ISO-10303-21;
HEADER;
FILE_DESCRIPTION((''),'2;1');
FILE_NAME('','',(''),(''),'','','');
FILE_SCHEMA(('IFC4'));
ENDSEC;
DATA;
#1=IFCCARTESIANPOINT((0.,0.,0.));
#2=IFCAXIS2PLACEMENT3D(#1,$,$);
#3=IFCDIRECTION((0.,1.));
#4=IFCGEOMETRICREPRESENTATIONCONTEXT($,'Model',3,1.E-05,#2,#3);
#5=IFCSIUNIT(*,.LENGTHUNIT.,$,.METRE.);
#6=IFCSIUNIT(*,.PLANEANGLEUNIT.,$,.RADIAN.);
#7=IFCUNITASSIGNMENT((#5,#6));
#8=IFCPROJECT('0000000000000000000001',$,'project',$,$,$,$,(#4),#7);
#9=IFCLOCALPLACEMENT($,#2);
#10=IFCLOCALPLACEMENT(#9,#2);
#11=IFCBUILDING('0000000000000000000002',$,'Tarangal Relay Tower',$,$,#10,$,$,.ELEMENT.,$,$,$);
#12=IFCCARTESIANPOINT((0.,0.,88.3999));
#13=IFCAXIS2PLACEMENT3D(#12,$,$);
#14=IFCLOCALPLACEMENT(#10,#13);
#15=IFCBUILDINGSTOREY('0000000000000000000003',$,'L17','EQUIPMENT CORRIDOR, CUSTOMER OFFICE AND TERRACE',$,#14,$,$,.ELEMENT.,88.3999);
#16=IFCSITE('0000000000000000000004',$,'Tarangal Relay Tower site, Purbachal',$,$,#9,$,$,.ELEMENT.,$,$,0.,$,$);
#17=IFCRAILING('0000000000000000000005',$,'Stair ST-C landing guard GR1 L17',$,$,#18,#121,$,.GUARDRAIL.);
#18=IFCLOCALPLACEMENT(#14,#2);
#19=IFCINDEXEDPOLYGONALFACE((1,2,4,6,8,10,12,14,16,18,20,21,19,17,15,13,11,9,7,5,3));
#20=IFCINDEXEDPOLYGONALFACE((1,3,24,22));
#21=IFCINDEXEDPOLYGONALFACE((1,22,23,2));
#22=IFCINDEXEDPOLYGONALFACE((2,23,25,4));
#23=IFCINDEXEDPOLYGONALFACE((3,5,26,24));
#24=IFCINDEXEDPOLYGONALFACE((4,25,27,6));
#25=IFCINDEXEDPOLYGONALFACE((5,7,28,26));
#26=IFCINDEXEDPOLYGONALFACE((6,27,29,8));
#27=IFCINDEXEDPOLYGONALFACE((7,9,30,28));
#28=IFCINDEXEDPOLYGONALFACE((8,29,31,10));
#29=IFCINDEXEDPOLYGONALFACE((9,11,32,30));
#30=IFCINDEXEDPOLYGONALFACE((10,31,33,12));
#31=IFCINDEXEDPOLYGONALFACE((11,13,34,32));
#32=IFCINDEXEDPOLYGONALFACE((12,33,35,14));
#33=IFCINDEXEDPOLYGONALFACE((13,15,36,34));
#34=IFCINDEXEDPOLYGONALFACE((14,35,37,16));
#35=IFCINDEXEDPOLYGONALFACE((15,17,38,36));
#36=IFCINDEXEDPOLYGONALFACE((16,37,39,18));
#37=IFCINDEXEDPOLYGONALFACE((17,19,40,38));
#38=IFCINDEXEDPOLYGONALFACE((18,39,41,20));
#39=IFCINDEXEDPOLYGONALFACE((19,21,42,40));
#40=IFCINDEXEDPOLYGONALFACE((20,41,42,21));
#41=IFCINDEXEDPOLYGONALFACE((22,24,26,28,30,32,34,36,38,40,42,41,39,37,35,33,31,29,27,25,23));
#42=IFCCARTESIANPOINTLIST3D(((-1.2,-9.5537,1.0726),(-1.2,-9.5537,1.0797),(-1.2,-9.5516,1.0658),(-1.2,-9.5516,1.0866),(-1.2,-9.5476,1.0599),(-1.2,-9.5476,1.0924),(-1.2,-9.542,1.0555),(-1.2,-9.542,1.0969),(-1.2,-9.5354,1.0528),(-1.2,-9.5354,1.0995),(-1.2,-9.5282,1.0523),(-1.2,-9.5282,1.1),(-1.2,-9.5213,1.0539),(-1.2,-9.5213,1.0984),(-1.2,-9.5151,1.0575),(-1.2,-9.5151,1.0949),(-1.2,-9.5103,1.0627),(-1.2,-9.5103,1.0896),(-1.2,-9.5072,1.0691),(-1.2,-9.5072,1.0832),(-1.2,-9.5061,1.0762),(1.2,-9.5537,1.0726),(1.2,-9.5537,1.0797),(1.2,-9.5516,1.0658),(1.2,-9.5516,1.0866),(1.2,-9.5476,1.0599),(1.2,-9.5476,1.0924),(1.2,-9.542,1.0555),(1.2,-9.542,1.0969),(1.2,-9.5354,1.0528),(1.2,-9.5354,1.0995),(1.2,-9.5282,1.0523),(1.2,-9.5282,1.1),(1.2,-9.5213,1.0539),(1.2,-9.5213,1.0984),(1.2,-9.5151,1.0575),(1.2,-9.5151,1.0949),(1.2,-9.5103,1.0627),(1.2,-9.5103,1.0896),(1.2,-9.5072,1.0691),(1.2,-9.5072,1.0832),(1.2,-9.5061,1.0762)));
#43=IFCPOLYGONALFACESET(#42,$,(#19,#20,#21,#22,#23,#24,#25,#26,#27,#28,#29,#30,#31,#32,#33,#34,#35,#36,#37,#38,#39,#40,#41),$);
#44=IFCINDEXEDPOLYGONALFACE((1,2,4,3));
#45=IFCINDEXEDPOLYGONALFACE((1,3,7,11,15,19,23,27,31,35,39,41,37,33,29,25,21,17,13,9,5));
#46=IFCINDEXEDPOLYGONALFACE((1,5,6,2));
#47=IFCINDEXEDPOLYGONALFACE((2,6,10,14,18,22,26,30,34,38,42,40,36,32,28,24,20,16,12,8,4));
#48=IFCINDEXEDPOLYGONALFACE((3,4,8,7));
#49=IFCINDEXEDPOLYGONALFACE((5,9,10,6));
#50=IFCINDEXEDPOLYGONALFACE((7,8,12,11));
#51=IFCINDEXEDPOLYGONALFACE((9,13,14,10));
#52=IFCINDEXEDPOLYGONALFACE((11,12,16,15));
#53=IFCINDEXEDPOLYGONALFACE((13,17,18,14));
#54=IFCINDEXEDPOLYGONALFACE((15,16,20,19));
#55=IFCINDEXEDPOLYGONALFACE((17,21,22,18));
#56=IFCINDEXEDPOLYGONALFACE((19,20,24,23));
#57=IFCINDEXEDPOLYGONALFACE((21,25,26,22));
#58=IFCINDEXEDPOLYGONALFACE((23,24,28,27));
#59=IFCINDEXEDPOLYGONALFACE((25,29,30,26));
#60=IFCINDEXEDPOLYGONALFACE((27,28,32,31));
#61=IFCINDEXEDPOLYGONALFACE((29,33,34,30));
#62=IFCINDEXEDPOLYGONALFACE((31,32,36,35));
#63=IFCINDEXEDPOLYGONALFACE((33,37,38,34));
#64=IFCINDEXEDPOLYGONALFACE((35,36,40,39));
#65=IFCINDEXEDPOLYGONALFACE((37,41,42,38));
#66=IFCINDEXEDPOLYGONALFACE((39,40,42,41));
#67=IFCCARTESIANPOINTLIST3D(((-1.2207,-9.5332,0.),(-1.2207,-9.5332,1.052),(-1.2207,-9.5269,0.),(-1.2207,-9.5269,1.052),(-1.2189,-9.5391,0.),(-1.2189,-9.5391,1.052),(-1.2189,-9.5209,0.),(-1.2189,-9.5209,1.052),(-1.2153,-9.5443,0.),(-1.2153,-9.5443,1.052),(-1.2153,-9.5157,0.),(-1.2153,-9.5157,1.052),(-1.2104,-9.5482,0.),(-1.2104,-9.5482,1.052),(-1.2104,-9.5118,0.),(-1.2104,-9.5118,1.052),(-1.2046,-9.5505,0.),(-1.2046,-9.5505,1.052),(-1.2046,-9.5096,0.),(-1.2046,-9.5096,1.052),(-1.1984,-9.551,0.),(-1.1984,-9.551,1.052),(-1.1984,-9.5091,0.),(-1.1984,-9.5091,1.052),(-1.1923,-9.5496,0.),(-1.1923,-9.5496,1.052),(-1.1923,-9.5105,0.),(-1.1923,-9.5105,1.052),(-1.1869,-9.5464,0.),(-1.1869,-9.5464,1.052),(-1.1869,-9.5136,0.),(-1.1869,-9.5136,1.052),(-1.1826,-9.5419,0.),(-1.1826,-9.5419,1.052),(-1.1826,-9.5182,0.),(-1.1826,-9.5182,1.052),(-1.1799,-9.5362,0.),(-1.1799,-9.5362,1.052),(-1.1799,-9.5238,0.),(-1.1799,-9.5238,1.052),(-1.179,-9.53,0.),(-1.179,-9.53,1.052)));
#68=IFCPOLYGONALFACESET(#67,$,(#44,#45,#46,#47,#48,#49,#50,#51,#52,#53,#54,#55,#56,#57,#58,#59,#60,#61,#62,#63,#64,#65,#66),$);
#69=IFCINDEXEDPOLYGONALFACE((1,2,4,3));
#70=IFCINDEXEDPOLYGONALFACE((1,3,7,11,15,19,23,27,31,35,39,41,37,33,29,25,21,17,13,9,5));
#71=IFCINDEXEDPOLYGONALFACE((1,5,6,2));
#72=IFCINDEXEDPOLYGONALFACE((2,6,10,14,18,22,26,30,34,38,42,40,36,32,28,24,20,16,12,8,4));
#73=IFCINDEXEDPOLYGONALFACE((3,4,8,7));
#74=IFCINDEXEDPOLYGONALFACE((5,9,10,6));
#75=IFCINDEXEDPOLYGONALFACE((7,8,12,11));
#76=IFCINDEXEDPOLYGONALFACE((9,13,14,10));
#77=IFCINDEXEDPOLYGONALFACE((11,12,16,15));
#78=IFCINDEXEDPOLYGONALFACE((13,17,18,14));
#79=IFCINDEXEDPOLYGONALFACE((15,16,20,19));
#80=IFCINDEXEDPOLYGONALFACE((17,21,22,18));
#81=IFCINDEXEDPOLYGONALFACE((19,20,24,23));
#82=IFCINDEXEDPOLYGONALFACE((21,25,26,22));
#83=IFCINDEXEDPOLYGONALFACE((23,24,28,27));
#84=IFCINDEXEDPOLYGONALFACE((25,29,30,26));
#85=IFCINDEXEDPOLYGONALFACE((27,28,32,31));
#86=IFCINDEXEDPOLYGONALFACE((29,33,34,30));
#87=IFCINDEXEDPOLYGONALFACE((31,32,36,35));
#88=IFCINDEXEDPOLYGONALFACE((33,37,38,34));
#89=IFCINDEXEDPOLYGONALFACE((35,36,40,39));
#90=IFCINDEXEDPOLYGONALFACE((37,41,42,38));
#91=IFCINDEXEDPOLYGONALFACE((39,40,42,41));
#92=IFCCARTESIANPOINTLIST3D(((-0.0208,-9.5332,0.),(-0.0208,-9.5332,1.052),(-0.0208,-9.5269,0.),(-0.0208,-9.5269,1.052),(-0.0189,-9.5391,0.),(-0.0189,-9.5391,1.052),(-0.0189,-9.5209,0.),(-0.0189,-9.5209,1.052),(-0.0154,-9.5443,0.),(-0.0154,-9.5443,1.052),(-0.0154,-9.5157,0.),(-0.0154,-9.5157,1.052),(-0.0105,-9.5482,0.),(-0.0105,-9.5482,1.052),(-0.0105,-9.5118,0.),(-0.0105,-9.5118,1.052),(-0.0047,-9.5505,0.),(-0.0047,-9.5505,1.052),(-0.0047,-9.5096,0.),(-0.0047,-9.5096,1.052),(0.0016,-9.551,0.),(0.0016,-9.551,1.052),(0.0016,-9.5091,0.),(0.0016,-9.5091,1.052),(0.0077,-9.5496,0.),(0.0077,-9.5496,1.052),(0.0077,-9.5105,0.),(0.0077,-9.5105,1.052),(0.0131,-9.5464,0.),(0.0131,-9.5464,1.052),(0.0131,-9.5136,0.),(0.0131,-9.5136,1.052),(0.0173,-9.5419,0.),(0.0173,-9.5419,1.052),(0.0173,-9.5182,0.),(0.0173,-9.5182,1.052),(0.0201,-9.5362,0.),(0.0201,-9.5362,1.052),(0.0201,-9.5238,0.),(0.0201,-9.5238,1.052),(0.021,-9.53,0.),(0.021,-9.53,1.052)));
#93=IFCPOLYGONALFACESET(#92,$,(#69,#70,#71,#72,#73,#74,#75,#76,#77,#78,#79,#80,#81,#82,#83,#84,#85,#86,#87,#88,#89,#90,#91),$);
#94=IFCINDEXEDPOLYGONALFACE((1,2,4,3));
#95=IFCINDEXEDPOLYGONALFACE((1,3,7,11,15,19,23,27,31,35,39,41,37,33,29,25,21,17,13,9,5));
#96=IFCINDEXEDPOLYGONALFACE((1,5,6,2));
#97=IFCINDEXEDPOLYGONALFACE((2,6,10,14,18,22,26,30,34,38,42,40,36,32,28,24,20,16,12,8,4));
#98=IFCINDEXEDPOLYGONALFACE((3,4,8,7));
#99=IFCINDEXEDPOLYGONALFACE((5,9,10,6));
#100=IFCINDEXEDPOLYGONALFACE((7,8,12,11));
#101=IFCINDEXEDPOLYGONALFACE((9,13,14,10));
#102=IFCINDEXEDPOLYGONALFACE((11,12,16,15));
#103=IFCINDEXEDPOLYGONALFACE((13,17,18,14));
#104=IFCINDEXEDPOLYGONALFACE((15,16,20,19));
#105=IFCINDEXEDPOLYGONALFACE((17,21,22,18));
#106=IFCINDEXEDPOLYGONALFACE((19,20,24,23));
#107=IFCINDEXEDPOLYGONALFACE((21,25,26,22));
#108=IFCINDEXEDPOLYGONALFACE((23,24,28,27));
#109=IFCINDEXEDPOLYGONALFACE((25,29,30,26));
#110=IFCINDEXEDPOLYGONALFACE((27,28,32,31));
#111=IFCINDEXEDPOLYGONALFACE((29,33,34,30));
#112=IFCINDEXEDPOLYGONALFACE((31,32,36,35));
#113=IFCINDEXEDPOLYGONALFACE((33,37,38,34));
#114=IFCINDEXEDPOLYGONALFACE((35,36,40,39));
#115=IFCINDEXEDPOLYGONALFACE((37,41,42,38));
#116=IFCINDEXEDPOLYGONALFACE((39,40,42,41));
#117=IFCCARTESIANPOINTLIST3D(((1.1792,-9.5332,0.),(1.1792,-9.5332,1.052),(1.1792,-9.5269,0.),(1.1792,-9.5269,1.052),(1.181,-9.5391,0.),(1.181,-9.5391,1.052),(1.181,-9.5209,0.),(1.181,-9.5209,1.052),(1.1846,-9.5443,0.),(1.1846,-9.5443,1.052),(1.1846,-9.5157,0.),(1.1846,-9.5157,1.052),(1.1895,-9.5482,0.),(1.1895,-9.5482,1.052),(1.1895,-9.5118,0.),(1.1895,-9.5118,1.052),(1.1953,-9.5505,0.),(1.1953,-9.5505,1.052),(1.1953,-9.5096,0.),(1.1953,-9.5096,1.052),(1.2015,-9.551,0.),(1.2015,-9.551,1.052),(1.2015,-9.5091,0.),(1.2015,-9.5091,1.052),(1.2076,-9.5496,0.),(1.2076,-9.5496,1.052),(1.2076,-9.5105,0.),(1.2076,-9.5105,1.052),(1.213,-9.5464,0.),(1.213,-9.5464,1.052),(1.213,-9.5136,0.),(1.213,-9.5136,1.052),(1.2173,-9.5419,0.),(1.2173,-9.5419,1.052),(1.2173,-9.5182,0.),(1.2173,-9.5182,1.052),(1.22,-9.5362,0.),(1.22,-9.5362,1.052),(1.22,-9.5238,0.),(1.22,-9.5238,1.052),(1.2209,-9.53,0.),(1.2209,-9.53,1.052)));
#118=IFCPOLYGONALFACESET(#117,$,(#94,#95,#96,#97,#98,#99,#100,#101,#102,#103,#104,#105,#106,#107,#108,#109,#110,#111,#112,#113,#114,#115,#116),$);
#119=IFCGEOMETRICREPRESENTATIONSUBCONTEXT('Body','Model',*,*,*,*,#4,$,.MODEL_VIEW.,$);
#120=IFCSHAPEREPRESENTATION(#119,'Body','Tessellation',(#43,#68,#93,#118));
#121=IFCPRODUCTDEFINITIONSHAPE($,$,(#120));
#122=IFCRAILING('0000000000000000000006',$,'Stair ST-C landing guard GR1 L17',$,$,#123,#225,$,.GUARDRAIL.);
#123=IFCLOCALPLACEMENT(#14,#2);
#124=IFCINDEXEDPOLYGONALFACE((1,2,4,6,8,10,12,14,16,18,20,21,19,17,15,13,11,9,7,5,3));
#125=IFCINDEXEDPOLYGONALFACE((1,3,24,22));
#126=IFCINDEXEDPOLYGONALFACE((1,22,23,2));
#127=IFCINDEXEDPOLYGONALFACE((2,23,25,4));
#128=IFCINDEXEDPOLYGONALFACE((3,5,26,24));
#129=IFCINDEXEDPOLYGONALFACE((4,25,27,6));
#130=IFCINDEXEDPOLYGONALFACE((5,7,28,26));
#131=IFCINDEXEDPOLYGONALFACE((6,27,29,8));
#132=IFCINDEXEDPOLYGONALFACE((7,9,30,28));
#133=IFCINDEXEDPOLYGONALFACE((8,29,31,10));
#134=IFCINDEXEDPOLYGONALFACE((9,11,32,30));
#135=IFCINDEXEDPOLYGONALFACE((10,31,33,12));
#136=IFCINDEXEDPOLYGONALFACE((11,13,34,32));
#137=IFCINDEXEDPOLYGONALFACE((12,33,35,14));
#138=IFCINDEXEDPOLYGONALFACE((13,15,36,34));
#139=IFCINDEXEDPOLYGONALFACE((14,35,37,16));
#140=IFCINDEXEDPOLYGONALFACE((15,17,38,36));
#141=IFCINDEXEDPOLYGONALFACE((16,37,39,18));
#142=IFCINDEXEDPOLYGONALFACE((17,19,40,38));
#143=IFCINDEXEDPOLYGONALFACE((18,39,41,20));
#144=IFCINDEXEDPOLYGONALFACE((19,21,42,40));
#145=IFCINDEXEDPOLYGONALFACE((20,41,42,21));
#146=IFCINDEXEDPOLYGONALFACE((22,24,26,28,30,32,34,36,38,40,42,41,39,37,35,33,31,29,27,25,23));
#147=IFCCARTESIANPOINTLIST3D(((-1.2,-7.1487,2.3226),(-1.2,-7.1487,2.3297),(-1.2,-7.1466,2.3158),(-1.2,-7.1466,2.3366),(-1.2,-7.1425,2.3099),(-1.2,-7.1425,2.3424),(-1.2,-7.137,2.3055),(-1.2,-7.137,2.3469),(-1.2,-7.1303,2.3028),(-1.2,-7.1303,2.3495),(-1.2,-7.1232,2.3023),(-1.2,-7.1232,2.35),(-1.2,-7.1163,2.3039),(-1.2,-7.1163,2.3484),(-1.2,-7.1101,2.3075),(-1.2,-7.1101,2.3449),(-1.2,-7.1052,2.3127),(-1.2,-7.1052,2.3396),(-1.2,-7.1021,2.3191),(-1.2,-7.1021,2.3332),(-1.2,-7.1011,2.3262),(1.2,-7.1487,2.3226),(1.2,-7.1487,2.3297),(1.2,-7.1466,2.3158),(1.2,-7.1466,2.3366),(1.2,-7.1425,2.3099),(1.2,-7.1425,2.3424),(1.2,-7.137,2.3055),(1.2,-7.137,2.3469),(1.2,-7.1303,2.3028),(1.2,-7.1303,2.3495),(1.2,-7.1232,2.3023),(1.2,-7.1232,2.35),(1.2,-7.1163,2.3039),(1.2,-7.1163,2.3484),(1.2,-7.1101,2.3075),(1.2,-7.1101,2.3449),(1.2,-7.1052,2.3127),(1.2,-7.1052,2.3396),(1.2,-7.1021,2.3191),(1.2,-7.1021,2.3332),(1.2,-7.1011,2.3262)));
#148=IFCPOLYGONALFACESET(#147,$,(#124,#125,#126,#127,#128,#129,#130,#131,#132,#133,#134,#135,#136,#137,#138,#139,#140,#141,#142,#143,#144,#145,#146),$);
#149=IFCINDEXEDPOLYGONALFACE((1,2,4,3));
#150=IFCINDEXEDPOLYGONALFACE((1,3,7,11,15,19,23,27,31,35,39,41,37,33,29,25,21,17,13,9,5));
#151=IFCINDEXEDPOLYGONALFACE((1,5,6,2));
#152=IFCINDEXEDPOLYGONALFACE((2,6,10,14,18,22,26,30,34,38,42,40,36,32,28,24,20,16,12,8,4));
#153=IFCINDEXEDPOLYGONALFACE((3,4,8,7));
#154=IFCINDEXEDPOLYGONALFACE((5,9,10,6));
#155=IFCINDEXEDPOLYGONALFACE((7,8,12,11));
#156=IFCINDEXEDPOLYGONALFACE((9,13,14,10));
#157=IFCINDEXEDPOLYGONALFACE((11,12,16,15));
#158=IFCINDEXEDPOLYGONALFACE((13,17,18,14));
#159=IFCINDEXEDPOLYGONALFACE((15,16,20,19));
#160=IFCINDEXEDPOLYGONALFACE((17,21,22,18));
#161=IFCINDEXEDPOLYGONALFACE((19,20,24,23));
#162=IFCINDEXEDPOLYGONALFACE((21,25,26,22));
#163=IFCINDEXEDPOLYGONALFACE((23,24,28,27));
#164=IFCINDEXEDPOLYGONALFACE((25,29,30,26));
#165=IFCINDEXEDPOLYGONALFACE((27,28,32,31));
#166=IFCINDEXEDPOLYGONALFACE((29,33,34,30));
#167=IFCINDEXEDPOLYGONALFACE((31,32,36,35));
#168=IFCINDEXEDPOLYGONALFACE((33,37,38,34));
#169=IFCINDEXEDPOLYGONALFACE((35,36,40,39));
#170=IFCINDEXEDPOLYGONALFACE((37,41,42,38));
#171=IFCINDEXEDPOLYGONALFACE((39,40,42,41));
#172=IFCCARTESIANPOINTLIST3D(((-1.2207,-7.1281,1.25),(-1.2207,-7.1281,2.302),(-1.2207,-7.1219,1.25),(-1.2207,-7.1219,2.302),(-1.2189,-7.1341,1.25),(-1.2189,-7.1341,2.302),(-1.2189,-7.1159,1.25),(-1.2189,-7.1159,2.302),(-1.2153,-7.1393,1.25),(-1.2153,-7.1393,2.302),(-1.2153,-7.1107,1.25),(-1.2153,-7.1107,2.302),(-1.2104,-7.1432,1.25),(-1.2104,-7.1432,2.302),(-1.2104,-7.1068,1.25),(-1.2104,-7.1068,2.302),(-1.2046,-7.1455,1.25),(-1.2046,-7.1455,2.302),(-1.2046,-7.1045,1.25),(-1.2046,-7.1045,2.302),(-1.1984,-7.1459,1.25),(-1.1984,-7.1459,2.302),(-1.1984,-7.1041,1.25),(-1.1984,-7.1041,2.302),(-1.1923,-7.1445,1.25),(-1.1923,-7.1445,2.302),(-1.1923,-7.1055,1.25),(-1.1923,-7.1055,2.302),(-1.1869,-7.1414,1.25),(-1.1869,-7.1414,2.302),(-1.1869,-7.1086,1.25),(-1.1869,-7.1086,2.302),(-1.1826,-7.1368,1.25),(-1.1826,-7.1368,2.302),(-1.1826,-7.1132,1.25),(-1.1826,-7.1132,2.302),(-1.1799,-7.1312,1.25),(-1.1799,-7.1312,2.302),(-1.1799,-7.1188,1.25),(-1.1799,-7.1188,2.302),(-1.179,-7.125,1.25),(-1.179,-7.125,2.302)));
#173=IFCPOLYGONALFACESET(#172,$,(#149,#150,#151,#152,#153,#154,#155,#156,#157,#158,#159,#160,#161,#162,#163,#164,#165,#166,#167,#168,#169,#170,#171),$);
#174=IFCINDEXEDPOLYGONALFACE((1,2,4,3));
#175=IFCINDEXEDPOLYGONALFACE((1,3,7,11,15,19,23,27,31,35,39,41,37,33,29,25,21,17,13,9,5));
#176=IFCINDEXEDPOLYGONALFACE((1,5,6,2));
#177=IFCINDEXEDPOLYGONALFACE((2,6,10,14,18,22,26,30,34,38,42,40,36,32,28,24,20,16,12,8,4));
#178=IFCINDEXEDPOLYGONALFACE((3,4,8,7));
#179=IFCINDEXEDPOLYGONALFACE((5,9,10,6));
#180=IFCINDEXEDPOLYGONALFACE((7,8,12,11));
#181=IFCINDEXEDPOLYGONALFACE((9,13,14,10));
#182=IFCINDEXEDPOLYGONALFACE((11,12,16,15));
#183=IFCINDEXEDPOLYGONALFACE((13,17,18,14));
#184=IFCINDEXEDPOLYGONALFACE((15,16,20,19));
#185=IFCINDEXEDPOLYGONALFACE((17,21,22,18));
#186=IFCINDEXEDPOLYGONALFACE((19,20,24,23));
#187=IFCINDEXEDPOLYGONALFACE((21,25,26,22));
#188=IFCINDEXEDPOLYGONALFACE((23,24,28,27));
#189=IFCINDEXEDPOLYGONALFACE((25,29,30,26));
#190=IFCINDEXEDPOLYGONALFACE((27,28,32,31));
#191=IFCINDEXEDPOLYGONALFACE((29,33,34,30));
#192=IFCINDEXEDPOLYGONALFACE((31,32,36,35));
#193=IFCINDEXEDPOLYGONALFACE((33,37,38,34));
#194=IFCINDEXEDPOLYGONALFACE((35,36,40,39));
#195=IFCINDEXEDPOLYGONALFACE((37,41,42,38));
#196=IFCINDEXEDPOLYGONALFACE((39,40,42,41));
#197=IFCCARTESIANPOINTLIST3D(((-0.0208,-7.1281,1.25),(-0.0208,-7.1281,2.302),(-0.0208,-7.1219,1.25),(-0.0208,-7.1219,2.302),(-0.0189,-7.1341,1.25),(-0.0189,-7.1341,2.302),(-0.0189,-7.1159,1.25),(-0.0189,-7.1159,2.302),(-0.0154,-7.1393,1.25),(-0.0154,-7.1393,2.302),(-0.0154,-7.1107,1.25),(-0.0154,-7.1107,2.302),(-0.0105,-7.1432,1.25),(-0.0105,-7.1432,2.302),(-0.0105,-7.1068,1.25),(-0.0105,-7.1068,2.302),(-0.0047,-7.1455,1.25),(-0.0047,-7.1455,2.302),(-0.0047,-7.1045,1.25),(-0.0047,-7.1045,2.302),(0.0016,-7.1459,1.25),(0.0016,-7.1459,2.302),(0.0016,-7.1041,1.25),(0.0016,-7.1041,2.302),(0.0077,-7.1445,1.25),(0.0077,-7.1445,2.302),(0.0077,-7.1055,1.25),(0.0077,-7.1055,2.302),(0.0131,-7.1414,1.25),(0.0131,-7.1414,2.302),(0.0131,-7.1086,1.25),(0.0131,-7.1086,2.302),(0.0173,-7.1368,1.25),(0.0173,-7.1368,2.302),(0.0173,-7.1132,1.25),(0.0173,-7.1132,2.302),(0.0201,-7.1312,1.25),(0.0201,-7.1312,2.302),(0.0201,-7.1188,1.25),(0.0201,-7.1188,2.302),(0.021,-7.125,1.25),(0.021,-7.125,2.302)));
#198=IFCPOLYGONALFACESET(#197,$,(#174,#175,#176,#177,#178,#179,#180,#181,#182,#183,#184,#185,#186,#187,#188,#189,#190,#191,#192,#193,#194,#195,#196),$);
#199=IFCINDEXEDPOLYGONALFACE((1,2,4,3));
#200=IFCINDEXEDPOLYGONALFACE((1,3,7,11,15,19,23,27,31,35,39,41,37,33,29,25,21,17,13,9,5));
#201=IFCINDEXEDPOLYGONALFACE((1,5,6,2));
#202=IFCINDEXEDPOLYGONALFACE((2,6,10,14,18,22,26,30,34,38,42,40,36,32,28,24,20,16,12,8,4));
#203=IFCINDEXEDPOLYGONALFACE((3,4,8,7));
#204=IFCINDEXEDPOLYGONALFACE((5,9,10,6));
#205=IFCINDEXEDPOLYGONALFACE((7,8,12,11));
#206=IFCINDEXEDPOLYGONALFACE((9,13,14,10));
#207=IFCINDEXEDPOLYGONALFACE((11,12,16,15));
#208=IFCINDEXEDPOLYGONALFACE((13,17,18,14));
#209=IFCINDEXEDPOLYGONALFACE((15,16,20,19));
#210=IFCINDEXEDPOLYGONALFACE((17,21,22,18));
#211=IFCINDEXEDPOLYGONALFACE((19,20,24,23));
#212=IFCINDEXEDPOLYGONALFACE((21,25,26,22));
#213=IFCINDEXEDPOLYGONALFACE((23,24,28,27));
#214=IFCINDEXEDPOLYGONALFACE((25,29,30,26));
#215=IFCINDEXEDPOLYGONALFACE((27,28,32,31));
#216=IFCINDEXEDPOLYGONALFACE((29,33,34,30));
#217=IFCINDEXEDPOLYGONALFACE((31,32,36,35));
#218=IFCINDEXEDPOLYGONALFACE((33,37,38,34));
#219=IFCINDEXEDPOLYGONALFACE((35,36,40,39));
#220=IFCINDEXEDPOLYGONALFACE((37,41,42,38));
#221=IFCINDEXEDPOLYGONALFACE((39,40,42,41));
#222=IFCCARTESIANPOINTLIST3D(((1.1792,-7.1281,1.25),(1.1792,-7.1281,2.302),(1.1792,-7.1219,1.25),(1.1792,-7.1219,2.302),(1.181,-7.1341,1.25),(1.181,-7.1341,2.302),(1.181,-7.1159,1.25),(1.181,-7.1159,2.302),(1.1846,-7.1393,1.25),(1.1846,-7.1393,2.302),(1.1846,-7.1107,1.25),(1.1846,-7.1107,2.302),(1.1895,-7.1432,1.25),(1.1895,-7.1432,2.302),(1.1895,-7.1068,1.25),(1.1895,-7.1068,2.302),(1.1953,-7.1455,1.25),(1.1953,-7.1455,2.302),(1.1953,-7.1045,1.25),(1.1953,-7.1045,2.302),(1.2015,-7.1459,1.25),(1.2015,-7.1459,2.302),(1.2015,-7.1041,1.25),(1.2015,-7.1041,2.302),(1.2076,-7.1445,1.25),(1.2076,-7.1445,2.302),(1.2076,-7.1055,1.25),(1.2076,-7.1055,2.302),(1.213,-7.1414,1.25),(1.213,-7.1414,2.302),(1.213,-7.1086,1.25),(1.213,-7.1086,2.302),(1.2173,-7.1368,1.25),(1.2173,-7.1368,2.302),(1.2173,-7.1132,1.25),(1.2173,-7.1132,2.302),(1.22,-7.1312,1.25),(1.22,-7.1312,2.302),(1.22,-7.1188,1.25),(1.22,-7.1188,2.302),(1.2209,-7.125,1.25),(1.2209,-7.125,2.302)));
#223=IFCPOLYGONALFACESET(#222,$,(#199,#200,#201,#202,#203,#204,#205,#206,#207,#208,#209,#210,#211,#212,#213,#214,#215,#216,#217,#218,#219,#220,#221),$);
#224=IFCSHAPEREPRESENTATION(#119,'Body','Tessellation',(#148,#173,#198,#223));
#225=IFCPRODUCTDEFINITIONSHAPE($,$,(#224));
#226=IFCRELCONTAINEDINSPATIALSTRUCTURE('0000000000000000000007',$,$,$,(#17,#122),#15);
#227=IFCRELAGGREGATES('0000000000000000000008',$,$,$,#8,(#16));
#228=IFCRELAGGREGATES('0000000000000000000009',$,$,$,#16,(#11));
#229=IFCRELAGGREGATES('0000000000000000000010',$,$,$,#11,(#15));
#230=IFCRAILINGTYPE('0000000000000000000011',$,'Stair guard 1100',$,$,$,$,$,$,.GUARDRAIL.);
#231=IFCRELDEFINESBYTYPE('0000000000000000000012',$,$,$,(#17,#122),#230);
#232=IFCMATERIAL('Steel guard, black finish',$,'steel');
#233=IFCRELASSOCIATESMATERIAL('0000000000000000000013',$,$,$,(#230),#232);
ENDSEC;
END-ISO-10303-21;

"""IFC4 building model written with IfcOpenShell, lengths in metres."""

from ifc_helpers import new_model, si_unit, direction, frame, origin, origin_2d, place, context, subcontext, project, spatial, circle, extrude, material, type_object, element, save


model = new_model("IFC4")

# Units and contexts
model_context = context("Model", 3, precision=1e-05, world=origin(), true_north=direction((0.0, 1.0)))
body_context = subcontext(model_context, "Body", "Model", "MODEL_VIEW")
ifc_project = project(units=[si_unit("LENGTHUNIT", "METRE"), si_unit("PLANEANGLEUNIT", "RADIAN")], contexts=[model_context])

# Site, building, storey
site_placement = place(None, origin())
site = spatial("IfcSite", under=ifc_project, at=site_placement, Name="Tarangal Relay Tower site, Purbachal", CompositionType="ELEMENT", RefElevation=0.0)
building_placement = place(site_placement, origin())
building = spatial("IfcBuilding", under=site, at=building_placement, Name="Tarangal Relay Tower", CompositionType="ELEMENT")
storey_placement = place(building_placement, frame((0.0, 0.0, 88.3999)))
storey = spatial("IfcBuildingStorey", under=building, at=storey_placement, Name="L17", Description="EQUIPMENT CORRIDOR, CUSTOMER OFFICE AND TERRACE", CompositionType="ELEMENT", Elevation=88.3999)

# Railings
ifc_material_1 = material(Name="Steel guard, black finish", Category="steel")
railing_type_1 = type_object("IfcRailingType", Name="Stair guard 1100", PredefinedType="GUARDRAIL", material=ifc_material_1)
for number, where, name in (
    (1, (-1.2, -9.53, 0.0), "Stair ST-C landing guard GR1 L17"),
    (2, (-1.2, -7.125, 1.25), "Stair ST-C landing guard GR1 L17"),
):
    element("IfcRailing", number, at=place(storey_placement, frame(where)), inside=storey, type_object=railing_type_1, Name=name, PredefinedType="GUARDRAIL", context=body_context, shape_type="SweptSolid", body=[
        extrude(circle(Radius=0.0239, at=origin_2d()), frame((0.0, 0.0, 1.0762), z_axis=(1.0, 0.0, 0.0), x_axis=(0.0, 1.0, 0.0)), (0.0, 0.0, 1.0), 2.3999),
        extrude(circle(Radius=0.021, at=origin_2d()), origin(), (0.0, 0.0, 1.0), 1.052),
        extrude(circle(Radius=0.021, at=origin_2d()), frame((1.2, 0.0, 0.0)), (0.0, 0.0, 1.0), 1.052),
        extrude(circle(Radius=0.021, at=origin_2d()), frame((2.3999, 0.0, 0.0)), (0.0, 0.0, 1.0), 1.052),
    ])

save(model, "model.ifc")
